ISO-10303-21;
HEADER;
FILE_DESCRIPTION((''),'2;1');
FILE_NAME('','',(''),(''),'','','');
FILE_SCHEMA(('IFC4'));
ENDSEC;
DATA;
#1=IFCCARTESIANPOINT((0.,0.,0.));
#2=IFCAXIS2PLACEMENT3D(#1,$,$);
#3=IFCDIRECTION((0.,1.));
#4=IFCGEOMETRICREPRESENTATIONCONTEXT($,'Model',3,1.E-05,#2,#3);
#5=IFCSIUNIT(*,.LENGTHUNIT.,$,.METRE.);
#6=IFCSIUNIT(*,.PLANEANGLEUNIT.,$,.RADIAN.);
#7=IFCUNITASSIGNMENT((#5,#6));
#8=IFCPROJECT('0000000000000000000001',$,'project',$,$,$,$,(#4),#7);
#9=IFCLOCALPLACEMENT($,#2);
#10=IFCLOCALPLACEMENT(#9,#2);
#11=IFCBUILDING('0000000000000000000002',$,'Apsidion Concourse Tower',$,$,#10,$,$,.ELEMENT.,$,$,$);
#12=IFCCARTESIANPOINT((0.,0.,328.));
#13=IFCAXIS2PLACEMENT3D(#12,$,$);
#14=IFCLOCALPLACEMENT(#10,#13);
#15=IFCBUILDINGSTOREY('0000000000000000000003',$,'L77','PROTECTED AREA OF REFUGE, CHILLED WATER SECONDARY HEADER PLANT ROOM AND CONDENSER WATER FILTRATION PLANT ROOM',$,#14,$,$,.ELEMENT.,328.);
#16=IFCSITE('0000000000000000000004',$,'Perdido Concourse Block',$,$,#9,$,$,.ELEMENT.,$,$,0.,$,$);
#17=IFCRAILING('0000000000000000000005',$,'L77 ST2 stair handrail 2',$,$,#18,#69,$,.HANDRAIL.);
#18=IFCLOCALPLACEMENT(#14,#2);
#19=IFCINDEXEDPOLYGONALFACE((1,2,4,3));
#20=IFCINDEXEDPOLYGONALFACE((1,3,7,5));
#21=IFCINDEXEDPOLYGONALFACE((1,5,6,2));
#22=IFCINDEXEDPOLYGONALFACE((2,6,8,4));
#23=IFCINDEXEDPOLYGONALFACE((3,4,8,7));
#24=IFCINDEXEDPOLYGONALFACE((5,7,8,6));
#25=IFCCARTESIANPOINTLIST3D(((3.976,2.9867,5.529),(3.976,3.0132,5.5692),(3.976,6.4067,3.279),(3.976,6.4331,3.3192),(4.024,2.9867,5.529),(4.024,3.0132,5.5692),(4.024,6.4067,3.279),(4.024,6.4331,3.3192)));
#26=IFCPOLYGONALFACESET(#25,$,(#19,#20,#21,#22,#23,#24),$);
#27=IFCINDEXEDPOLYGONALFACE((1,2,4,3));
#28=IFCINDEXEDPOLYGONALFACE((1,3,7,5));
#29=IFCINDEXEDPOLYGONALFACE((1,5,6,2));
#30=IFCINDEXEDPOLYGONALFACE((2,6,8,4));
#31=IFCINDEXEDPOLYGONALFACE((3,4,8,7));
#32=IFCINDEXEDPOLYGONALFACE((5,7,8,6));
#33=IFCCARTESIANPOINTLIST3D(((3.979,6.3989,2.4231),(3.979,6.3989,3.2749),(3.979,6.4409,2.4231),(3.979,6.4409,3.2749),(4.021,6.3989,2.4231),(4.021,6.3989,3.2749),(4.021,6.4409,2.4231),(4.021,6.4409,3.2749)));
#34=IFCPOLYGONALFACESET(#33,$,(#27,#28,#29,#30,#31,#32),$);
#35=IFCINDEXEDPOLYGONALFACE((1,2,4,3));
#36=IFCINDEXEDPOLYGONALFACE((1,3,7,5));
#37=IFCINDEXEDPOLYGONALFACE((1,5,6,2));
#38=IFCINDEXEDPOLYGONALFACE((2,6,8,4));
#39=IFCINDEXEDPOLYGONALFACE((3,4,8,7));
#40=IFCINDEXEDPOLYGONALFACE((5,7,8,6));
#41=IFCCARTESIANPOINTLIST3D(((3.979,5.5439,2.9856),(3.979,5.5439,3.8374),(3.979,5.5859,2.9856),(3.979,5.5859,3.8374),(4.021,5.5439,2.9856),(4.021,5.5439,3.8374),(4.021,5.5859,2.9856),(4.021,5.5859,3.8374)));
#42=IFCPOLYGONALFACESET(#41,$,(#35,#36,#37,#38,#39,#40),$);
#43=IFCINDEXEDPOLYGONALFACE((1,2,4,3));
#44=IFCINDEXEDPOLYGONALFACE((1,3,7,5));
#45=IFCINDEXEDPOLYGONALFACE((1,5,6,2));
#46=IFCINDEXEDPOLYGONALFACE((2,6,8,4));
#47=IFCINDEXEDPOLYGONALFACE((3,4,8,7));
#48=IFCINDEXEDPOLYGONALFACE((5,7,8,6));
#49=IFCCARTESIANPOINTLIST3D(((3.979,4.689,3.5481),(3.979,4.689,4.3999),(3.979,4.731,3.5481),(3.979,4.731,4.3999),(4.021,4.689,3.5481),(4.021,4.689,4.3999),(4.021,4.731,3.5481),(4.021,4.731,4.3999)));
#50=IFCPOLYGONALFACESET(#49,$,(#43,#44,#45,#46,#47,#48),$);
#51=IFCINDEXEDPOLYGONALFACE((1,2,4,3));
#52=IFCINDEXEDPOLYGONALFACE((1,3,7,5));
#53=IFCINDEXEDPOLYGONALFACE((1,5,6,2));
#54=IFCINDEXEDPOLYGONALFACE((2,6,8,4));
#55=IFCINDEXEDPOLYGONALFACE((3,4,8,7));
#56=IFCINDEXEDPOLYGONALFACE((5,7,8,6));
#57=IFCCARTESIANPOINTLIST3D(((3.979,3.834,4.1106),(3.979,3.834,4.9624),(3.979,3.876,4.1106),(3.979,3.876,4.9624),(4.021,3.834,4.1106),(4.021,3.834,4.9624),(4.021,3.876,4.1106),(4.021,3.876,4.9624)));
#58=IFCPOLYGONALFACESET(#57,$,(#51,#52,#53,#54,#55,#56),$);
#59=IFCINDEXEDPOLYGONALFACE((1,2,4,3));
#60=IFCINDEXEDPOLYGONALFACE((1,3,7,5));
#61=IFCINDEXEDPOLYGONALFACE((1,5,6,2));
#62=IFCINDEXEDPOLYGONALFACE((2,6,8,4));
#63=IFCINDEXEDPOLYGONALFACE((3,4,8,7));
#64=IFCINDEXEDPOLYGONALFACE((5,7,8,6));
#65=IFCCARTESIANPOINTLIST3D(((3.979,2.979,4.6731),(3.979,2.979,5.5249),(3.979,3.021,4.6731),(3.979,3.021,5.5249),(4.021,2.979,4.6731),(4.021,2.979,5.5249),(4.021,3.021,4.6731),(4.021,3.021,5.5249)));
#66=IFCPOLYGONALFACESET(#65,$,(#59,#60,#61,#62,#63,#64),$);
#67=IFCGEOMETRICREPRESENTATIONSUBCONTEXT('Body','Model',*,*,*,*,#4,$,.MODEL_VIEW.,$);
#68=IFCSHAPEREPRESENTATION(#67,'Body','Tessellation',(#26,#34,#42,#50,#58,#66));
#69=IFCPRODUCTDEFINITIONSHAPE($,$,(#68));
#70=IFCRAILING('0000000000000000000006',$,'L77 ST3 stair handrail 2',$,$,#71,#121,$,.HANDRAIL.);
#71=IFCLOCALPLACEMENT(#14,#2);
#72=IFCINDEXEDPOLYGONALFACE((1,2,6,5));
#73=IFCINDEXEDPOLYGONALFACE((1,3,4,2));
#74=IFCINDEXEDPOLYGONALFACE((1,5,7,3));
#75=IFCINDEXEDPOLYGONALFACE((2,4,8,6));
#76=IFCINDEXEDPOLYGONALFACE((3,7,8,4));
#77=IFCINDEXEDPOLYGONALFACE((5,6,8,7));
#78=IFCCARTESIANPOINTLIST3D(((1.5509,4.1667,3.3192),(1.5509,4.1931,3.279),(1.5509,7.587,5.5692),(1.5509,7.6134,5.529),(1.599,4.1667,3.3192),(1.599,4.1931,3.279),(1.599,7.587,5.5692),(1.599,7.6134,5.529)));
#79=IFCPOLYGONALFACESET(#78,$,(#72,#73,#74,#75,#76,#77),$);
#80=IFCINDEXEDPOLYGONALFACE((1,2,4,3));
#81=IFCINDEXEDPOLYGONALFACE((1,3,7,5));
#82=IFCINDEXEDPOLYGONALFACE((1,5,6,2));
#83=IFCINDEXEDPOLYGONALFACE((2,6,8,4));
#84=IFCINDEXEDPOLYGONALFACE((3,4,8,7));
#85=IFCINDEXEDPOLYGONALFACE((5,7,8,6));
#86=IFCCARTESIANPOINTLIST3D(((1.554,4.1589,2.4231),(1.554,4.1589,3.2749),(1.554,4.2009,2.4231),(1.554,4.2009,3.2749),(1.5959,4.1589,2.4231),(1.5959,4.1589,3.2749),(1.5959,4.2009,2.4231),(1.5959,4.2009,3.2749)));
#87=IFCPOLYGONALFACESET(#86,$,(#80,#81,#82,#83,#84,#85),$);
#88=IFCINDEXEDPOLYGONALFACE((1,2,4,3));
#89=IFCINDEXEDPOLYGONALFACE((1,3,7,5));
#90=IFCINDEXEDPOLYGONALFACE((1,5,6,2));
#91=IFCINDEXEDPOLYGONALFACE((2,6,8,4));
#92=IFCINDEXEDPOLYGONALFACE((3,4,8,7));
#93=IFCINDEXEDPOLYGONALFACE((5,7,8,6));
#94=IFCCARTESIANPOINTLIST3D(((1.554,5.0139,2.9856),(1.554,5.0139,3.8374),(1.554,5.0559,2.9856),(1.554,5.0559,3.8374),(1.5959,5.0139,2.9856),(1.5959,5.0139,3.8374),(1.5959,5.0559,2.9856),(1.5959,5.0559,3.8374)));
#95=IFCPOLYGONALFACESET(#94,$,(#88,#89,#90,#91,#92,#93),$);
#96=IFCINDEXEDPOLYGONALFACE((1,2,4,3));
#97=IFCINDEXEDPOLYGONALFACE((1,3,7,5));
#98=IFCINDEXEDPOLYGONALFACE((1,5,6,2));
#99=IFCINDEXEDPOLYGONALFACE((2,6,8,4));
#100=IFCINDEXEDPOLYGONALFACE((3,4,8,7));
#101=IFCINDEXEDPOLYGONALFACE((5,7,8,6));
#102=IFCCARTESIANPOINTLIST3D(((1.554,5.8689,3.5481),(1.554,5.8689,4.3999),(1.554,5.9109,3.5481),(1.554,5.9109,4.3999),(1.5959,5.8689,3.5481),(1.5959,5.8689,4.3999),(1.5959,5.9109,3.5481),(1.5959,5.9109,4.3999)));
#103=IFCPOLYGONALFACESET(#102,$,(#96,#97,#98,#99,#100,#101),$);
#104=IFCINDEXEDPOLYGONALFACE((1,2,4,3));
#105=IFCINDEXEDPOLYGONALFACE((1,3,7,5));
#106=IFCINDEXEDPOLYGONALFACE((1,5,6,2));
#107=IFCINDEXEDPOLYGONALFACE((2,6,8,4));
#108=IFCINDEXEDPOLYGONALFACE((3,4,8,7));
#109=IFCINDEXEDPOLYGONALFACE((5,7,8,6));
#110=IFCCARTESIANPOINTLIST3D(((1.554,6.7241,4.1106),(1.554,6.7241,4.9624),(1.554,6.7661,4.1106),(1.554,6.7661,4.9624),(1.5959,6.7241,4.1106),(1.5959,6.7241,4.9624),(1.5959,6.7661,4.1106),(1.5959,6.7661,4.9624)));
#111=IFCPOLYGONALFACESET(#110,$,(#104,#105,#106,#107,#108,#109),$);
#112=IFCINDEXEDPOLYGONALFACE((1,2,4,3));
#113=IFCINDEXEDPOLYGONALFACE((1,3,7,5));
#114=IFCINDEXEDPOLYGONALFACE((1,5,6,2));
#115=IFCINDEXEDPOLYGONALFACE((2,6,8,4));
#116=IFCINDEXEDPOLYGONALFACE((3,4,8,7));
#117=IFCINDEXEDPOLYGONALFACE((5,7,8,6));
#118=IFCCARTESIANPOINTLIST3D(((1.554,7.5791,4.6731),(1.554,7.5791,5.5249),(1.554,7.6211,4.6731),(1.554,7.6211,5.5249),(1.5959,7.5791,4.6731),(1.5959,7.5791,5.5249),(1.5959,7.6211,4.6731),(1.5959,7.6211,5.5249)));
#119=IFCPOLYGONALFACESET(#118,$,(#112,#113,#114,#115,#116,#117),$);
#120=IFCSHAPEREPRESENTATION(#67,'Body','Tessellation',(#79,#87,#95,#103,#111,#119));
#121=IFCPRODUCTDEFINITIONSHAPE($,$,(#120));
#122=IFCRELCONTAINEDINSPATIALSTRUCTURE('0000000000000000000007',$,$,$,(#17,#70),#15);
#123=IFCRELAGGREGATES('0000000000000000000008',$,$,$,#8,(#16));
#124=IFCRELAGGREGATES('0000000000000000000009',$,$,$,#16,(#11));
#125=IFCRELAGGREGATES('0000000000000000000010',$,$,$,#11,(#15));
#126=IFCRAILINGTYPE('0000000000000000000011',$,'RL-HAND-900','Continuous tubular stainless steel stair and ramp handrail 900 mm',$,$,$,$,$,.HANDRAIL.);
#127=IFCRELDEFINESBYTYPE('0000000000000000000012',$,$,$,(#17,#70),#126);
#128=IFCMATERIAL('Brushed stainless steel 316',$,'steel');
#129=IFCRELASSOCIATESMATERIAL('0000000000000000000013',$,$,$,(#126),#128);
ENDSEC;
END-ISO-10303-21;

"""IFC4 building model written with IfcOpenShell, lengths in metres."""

from ifc_helpers import new_model, si_unit, direction, frame, origin, origin_2d, place, context, subcontext, project, spatial, rectangle, extrude, material, type_object, element, save


model = new_model("IFC4")

# Units and contexts
model_context = context("Model", 3, precision=1e-05, world=origin(), true_north=direction((0.0, 1.0)))
body_context = subcontext(model_context, "Body", "Model", "MODEL_VIEW")
ifc_project = project(units=[si_unit("LENGTHUNIT", "METRE"), si_unit("PLANEANGLEUNIT", "RADIAN")], contexts=[model_context])

# Site, building, storey
site_placement = place(None, origin())
site = spatial("IfcSite", under=ifc_project, at=site_placement, Name="Perdido Concourse Block", CompositionType="ELEMENT", RefElevation=0.0)
building_placement = place(site_placement, origin())
building = spatial("IfcBuilding", under=site, at=building_placement, Name="Apsidion Concourse Tower", CompositionType="ELEMENT")
storey_placement = place(building_placement, frame((0.0, 0.0, 328.0)))
storey = spatial("IfcBuildingStorey", under=building, at=storey_placement, Name="L77", Description="PROTECTED AREA OF REFUGE, CHILLED WATER SECONDARY HEADER PLANT ROOM AND CONDENSER WATER FILTRATION PLANT ROOM", CompositionType="ELEMENT", Elevation=328.0)

# Railings
ifc_material_1 = material(Name="Brushed stainless steel 316", Category="steel")
railing_type_1 = type_object("IfcRailingType", Name="RL-HAND-900", Description="Continuous tubular stainless steel stair and ramp handrail 900 mm", PredefinedType="HANDRAIL", material=ifc_material_1)
railing_1_placement = place(storey_placement, frame((4.0, 6.4199, 2.4231)))
element("IfcRailing", 1, at=railing_1_placement, inside=storey, type_object=railing_type_1, Name="L77 ST2 stair handrail 2", PredefinedType="HANDRAIL", context=body_context, shape_type="SweptSolid", body=[
    extrude(rectangle(XDim=0.0481, YDim=0.0481, at=origin_2d()), frame((0.0, 0.0, 0.876), z_axis=(0.0, -0.835411, 0.549625), x_axis=(1.0, 0.0, 0.0)), (0.0, 0.0, 1.0), 4.0938),
    extrude(rectangle(XDim=0.042, YDim=0.042, at=origin_2d()), origin(), (0.0, 0.0, 1.0), 0.8518),
    extrude(rectangle(XDim=0.042, YDim=0.042, at=origin_2d()), frame((0.0, -0.855, 0.5625)), (0.0, 0.0, 1.0), 0.8518),
    extrude(rectangle(XDim=0.042, YDim=0.042, at=origin_2d()), frame((0.0, -1.71, 1.125)), (0.0, 0.0, 1.0), 0.8518),
    extrude(rectangle(XDim=0.042, YDim=0.042, at=origin_2d()), frame((0.0, -2.5649, 1.6875)), (0.0, 0.0, 1.0), 0.8518),
    extrude(rectangle(XDim=0.042, YDim=0.042, at=origin_2d()), frame((0.0, -3.4199, 2.25)), (0.0, 0.0, 1.0), 0.8518),
])
railing_2_placement = place(storey_placement, frame((1.575, 4.1799, 2.4231)))
element("IfcRailing", 2, at=railing_2_placement, inside=storey, type_object=railing_type_1, Name="L77 ST3 stair handrail 2", PredefinedType="HANDRAIL", context=body_context, shape_type="SweptSolid", body=[
    extrude(rectangle(XDim=0.0481, YDim=0.0481, at=origin_2d()), frame((0.0, 0.0, 0.876), z_axis=(0.0, 0.835429, 0.549598), x_axis=(-1.0, 0.0, 0.0)), (0.0, 0.0, 1.0), 4.094),
    extrude(rectangle(XDim=0.042, YDim=0.042, at=origin_2d()), origin(), (0.0, 0.0, 1.0), 0.8518),
    extrude(rectangle(XDim=0.042, YDim=0.042, at=origin_2d()), frame((0.0, 0.855, 0.5625)), (0.0, 0.0, 1.0), 0.8518),
    extrude(rectangle(XDim=0.042, YDim=0.042, at=origin_2d()), frame((0.0, 1.71, 1.125)), (0.0, 0.0, 1.0), 0.8518),
    extrude(rectangle(XDim=0.042, YDim=0.042, at=origin_2d()), frame((0.0, 2.5652, 1.6875)), (0.0, 0.0, 1.0), 0.8518),
    extrude(rectangle(XDim=0.042, YDim=0.042, at=origin_2d()), frame((0.0, 3.4202, 2.25)), (0.0, 0.0, 1.0), 0.8518),
])

save(model, "model.ifc")
